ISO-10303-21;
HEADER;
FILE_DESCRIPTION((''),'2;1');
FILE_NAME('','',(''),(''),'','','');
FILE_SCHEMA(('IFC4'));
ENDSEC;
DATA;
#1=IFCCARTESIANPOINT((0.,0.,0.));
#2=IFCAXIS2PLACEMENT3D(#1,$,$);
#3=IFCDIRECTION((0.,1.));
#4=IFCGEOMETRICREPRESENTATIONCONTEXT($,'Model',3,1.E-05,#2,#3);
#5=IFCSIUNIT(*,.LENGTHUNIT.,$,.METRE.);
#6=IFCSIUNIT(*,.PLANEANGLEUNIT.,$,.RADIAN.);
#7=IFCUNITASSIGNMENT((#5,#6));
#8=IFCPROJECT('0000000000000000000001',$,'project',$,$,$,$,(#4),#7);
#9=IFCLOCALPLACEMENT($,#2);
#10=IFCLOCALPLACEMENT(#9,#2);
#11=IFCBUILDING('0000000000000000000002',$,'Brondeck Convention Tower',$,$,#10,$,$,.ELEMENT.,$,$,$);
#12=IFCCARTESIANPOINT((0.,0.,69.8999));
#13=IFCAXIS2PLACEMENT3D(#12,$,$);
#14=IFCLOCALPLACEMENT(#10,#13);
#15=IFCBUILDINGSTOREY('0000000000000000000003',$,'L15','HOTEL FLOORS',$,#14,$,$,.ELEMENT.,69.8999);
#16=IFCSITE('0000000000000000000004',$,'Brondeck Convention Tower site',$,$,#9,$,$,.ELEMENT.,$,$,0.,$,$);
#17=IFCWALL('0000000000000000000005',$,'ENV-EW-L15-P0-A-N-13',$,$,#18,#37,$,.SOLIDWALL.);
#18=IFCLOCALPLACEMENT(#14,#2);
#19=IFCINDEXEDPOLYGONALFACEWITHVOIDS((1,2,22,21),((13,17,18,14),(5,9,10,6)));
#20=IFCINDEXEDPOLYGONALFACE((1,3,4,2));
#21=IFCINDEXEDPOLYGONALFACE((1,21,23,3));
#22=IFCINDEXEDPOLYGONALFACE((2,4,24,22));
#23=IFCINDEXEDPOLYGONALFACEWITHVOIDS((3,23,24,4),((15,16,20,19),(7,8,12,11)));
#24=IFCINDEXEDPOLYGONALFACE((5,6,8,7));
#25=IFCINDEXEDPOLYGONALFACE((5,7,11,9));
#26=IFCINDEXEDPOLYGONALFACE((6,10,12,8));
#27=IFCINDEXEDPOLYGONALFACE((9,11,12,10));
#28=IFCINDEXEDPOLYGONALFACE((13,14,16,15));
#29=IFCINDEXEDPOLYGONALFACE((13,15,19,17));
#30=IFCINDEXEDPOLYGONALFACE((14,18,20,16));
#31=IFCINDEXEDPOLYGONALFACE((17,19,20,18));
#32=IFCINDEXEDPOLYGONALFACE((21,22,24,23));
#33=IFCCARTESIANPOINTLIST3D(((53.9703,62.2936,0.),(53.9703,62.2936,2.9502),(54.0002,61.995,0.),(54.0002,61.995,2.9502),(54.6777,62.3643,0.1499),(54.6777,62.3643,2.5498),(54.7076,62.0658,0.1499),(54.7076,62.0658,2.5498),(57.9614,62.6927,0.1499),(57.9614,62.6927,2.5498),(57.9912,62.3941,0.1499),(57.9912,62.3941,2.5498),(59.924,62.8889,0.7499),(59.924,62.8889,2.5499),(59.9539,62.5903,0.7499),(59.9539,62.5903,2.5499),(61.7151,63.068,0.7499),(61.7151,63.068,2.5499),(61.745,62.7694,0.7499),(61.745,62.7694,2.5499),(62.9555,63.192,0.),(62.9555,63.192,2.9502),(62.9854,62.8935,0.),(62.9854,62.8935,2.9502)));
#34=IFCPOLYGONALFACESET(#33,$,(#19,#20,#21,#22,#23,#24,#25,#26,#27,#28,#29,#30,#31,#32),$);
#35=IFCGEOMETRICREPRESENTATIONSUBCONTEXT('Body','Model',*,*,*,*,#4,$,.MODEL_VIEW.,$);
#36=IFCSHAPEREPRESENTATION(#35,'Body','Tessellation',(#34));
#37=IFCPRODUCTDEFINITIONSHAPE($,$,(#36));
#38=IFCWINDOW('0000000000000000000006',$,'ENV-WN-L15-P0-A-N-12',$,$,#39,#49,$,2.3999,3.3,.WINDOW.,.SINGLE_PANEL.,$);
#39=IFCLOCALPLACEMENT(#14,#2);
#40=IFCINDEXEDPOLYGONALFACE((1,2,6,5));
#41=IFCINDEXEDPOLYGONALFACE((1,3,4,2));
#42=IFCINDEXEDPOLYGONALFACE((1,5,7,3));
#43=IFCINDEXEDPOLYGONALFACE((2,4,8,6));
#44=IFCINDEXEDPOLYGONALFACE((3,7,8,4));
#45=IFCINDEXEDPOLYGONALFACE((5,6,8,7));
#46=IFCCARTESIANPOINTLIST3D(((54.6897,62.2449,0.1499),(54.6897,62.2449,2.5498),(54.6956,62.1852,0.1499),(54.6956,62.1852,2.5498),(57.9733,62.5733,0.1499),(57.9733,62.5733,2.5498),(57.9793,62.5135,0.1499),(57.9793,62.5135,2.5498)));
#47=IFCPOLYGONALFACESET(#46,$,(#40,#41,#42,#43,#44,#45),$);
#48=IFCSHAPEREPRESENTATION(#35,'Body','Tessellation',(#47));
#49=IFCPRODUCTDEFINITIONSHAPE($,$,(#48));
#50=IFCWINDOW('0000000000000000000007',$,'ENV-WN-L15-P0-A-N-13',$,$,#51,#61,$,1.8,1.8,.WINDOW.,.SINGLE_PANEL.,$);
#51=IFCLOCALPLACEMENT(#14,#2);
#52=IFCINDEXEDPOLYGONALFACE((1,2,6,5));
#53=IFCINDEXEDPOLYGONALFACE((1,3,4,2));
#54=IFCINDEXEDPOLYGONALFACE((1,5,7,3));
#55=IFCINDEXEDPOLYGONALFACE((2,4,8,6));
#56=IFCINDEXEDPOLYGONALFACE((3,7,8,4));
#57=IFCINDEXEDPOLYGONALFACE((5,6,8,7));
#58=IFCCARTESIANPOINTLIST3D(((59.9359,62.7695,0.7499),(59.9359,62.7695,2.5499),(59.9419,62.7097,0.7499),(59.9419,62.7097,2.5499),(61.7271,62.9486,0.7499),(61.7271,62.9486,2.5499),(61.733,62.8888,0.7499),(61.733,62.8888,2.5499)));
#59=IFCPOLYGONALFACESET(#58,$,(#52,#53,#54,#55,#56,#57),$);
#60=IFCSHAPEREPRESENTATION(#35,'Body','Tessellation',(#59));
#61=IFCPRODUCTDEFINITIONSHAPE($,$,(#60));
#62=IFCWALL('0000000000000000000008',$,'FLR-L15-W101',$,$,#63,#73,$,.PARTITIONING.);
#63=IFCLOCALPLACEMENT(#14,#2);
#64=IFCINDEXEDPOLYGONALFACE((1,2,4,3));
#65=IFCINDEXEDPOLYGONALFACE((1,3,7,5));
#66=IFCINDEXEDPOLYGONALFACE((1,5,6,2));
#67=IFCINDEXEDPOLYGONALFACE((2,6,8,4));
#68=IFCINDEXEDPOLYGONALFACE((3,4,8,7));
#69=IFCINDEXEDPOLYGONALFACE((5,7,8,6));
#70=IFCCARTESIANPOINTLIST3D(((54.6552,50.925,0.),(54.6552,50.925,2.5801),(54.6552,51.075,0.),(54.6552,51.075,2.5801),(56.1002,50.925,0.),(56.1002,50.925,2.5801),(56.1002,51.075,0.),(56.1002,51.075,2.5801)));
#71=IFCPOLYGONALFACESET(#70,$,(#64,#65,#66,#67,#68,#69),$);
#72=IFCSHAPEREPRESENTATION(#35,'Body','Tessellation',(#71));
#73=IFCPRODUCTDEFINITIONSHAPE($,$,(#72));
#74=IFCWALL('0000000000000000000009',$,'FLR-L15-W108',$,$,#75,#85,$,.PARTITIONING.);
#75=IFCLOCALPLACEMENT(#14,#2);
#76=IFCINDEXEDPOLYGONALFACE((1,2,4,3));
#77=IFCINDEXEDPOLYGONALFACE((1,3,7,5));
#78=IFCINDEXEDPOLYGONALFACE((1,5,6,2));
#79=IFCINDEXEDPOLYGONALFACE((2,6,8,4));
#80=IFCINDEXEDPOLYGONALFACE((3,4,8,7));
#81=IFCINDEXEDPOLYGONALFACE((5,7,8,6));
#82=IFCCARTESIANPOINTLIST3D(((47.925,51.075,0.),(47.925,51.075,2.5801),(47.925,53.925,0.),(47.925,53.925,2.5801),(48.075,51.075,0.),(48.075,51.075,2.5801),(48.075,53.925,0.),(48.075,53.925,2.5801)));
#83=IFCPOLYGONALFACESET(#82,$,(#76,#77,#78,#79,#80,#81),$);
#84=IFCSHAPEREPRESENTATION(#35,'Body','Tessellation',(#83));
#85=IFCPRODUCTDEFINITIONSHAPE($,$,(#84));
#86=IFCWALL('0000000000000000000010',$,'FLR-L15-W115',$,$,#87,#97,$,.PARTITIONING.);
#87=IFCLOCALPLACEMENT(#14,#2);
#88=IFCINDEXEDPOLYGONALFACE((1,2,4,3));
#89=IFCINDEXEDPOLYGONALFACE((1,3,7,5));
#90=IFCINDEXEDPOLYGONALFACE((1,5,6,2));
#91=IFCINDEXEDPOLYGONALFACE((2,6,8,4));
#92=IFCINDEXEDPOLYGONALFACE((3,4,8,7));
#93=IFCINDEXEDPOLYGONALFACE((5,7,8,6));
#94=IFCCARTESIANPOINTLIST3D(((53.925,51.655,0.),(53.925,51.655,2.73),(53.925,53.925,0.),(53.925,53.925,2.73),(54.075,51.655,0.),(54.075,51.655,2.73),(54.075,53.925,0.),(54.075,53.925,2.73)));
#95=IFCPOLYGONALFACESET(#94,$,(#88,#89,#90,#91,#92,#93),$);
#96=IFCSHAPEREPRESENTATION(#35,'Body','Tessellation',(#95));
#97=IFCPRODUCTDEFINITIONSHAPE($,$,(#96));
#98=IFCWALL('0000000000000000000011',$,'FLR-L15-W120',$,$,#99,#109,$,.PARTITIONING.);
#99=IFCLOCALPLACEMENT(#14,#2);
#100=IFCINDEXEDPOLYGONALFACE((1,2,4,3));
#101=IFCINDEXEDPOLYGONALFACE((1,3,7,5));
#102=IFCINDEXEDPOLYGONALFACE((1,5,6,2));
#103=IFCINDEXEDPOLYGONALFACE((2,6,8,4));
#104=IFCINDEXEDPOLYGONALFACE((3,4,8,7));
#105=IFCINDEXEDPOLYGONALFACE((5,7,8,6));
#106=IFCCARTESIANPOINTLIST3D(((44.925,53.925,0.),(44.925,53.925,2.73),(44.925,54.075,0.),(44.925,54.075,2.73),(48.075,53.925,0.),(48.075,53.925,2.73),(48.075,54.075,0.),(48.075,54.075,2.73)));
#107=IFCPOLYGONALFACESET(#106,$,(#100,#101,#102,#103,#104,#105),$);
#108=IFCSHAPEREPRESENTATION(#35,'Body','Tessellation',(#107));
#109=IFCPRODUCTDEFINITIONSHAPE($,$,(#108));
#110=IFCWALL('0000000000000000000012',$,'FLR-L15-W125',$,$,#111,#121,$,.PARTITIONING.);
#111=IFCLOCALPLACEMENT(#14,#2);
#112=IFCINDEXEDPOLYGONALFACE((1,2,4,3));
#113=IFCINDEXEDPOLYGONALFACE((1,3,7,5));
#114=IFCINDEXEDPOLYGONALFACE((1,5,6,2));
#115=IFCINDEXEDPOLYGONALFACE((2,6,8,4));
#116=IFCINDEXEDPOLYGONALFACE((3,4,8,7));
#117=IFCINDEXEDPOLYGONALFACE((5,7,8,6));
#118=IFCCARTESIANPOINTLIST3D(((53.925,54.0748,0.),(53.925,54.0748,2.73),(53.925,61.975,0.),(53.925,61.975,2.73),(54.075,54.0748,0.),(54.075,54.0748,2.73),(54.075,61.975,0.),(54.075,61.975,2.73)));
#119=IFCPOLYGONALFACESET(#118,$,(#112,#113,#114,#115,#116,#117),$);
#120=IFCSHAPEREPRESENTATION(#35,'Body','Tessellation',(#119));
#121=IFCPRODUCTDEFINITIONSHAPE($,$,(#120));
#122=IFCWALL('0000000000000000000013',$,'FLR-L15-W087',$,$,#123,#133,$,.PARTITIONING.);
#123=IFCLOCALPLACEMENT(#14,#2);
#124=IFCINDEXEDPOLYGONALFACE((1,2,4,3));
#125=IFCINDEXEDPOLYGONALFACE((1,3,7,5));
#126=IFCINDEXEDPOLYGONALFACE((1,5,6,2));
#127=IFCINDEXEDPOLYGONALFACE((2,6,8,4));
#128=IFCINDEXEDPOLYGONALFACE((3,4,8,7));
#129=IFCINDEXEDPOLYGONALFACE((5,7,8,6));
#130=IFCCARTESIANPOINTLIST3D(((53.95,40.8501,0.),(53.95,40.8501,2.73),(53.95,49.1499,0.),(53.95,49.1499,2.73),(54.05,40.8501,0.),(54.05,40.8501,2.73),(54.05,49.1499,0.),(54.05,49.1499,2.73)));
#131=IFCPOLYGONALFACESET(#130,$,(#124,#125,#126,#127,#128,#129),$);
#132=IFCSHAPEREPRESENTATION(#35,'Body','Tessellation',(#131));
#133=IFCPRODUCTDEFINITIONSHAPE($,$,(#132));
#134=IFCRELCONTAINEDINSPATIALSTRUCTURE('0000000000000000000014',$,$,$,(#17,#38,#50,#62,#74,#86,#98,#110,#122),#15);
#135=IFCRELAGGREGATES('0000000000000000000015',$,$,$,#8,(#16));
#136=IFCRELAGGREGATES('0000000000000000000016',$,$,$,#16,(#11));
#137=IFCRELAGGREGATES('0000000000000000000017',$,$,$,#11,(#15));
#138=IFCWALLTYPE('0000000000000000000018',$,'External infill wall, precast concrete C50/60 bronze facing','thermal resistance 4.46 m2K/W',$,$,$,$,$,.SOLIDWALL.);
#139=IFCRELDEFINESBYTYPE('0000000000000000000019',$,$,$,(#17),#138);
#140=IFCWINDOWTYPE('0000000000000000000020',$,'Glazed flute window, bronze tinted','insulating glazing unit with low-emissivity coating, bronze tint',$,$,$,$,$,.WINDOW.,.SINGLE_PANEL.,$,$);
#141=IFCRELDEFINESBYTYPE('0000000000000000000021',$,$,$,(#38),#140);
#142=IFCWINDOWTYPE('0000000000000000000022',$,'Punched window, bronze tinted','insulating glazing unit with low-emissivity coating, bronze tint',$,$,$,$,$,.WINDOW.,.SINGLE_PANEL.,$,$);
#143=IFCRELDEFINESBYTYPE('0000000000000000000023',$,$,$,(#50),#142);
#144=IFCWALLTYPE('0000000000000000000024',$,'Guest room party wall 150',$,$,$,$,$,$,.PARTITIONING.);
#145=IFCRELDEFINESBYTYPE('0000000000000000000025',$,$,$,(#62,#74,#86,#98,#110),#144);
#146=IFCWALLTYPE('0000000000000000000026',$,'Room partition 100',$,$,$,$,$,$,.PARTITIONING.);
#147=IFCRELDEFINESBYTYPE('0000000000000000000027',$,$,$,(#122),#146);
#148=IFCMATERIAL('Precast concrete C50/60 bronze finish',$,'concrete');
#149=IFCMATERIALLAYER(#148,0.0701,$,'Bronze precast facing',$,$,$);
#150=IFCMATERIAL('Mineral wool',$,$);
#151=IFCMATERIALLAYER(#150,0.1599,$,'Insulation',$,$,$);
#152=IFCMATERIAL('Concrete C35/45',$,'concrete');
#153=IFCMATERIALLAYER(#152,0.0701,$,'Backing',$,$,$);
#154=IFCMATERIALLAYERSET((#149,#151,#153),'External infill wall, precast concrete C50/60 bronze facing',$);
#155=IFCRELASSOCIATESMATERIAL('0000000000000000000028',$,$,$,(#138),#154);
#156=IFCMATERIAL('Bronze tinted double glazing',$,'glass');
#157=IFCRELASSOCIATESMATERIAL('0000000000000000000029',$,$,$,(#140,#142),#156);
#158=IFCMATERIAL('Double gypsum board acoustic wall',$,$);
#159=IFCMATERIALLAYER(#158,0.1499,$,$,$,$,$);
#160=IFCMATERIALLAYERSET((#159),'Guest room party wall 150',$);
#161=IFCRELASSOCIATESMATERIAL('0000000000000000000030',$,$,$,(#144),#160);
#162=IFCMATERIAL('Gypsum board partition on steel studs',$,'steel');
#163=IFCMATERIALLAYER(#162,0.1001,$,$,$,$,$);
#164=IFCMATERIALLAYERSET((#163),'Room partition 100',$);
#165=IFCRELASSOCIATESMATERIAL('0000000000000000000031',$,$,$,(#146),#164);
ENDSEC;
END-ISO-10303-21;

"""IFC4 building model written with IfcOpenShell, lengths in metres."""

from ifc_helpers import new_model, si_unit, direction, frame, frame_2d, origin, place, context, subcontext, project, spatial, rectangle, extrude, material, layer, layer_set, type_object, element, fill, save


model = new_model("IFC4")

# Units and contexts
model_context = context("Model", 3, precision=1e-05, world=origin(), true_north=direction((0.0, 1.0)))
body_context = subcontext(model_context, "Body", "Model", "MODEL_VIEW")
ifc_project = project(units=[si_unit("LENGTHUNIT", "METRE"), si_unit("PLANEANGLEUNIT", "RADIAN")], contexts=[model_context])

# Site, building, storey
site_placement = place(None, origin())
site = spatial("IfcSite", under=ifc_project, at=site_placement, Name="Brondeck Convention Tower site", CompositionType="ELEMENT", RefElevation=0.0)
building_placement = place(site_placement, origin())
building = spatial("IfcBuilding", under=site, at=building_placement, Name="Brondeck Convention Tower", CompositionType="ELEMENT")
storey_placement = place(building_placement, frame((0.0, 0.0, 69.8999)))
storey = spatial("IfcBuildingStorey", under=building, at=storey_placement, Name="L15", Description="HOTEL FLOORS", CompositionType="ELEMENT", Elevation=69.8999)

# Wall, openings, windows
ifc_material_1 = material(Name="Precast concrete C50/60 bronze finish", Category="concrete")
ifc_layer_1 = layer(ifc_material_1, 0.0701, Name="Bronze precast facing")
ifc_material_2 = material(Name="Mineral wool")
ifc_layer_2 = layer(ifc_material_2, 0.1599, Name="Insulation")
ifc_material_3 = material(Name="Concrete C35/45", Category="concrete")
ifc_layer_3 = layer(ifc_material_3, 0.0701, Name="Backing")
ifc_layer_set_1 = layer_set([ifc_layer_1, ifc_layer_2, ifc_layer_3], Name="External infill wall, precast concrete C50/60 bronze facing")
wall_type_1 = type_object("IfcWallType", Name="External infill wall, precast concrete C50/60 bronze facing", Description="thermal resistance 4.46 m2K/W", PredefinedType="SOLIDWALL", material=ifc_layer_set_1)
wall_1_placement = place(storey_placement, frame((53.9851, 62.1443, 0.0), z_axis=(0.0, 0.0, 1.0), x_axis=(0.995038, 0.099496, 0.0)))
wall_1 = element("IfcWall", 1, at=wall_1_placement, inside=storey, type_object=wall_type_1, Name="ENV-EW-L15-P0-A-N-13", PredefinedType="SOLIDWALL", context=body_context, shape_type="SweptSolid", body=[
    extrude(rectangle(XDim=9.03, YDim=0.3, at=frame_2d((4.5151, 0.0))), origin(), (0.0, 0.0, 1.0), 2.9502),
])
opening_1_placement = place(wall_1_placement, frame((0.7112, 0.0, 0.1499)))
opening_1 = element("IfcOpeningElement", 2, at=opening_1_placement, cuts=wall_1, PredefinedType="OPENING", context=body_context, shape_type="SweptSolid", body=[
    extrude(rectangle(XDim=3.3, YDim=2.3999, at=frame_2d((1.6499, 1.2))), frame((0.0, 0.1599, 0.0), z_axis=(0.0, -1.0, 0.0), x_axis=(1.0, 0.0, 0.0)), (0.0, 0.0, 1.0), 0.3201),
])
opening_2_placement = place(wall_1_placement, frame((5.9836, 0.0, 0.75)))
opening_2 = element("IfcOpeningElement", 3, at=opening_2_placement, cuts=wall_1, PredefinedType="OPENING", context=body_context, shape_type="SweptSolid", body=[
    extrude(rectangle(XDim=1.8, YDim=1.8, at=frame_2d((0.8999, 0.8999))), frame((0.0, 0.1599, 0.0), z_axis=(0.0, -1.0, 0.0), x_axis=(1.0, 0.0, 0.0)), (0.0, 0.0, 1.0), 0.3201),
])
ifc_material_4 = material(Name="Bronze tinted double glazing", Category="glass")
window_type_1 = type_object("IfcWindowType", Name="Glazed flute window, bronze tinted", Description="insulating glazing unit with low-emissivity coating, bronze tint", PartitioningType="SINGLE_PANEL", PredefinedType="WINDOW", material=ifc_material_4)
window_1_placement = place(opening_1_placement, origin())
window_1 = element("IfcWindow", 4, at=window_1_placement, inside=storey, type_object=window_type_1, Name="ENV-WN-L15-P0-A-N-12", OverallHeight=2.3999, OverallWidth=3.3, PartitioningType="SINGLE_PANEL", PredefinedType="WINDOW", context=body_context, shape_type="SweptSolid", body=[
    extrude(rectangle(XDim=3.3, YDim=2.3999, at=frame_2d((1.6499, 1.2))), frame((0.0, 0.03, 0.0), z_axis=(0.0, -1.0, 0.0), x_axis=(1.0, 0.0, 0.0)), (0.0, 0.0, 1.0), 0.0601),
])
fill(opening_1, window_1)
window_type_2 = type_object("IfcWindowType", Name="Punched window, bronze tinted", Description="insulating glazing unit with low-emissivity coating, bronze tint", PartitioningType="SINGLE_PANEL", PredefinedType="WINDOW", material=ifc_material_4)
window_2_placement = place(opening_2_placement, origin())
window_2 = element("IfcWindow", 5, at=window_2_placement, inside=storey, type_object=window_type_2, Name="ENV-WN-L15-P0-A-N-13", OverallHeight=1.8, OverallWidth=1.8, PartitioningType="SINGLE_PANEL", PredefinedType="WINDOW", context=body_context, shape_type="SweptSolid", body=[
    extrude(rectangle(XDim=1.8, YDim=1.8, at=frame_2d((0.8999, 0.8999))), frame((0.0, 0.03, 0.0), z_axis=(0.0, -1.0, 0.0), x_axis=(1.0, 0.0, 0.0)), (0.0, 0.0, 1.0), 0.0601),
])
fill(opening_2, window_2)

# Walls
ifc_material_5 = material(Name="Double gypsum board acoustic wall")
ifc_layer_4 = layer(ifc_material_5, 0.1499)
ifc_layer_set_2 = layer_set([ifc_layer_4], Name="Guest room party wall 150")
wall_type_2 = type_object("IfcWallType", Name="Guest room party wall 150", PredefinedType="PARTITIONING", material=ifc_layer_set_2)
wall_2_placement = place(storey_placement, frame((54.655, 51.0, 0.0), z_axis=(0.0, 0.0, 1.0), x_axis=(1.0, 0.0, 0.0)))
element("IfcWall", 6, at=wall_2_placement, inside=storey, type_object=wall_type_2, Name="FLR-L15-W101", PredefinedType="PARTITIONING", context=body_context, shape_type="SweptSolid", body=[
    extrude(rectangle(XDim=1.4451, YDim=0.1499, at=frame_2d((0.7227, 0.0))), origin(), (0.0, 0.0, 1.0), 2.5801),
])
wall_3_placement = place(storey_placement, frame((48.0, 51.075, 0.0), z_axis=(0.0, 0.0, 1.0), x_axis=(0.0, 1.0, 0.0)))
element("IfcWall", 7, at=wall_3_placement, inside=storey, type_object=wall_type_2, Name="FLR-L15-W108", PredefinedType="PARTITIONING", context=body_context, shape_type="SweptSolid", body=[
    extrude(rectangle(XDim=2.8501, YDim=0.1499, at=frame_2d((1.425, 0.0))), origin(), (0.0, 0.0, 1.0), 2.5801),
])
wall_4_placement = place(storey_placement, frame((54.0, 53.925, 0.0), z_axis=(0.0, 0.0, 1.0), x_axis=(0.0, -1.0, 0.0)))
element("IfcWall", 8, at=wall_4_placement, inside=storey, type_object=wall_type_2, Name="FLR-L15-W115", PredefinedType="PARTITIONING", context=body_context, shape_type="SweptSolid", body=[
    extrude(rectangle(XDim=2.27, YDim=0.1499, at=frame_2d((1.135, 0.0))), origin(), (0.0, 0.0, 1.0), 2.73),
])
wall_5_placement = place(storey_placement, frame((48.075, 54.0, 0.0), z_axis=(0.0, 0.0, 1.0), x_axis=(-1.0, 0.0, 0.0)))
element("IfcWall", 9, at=wall_5_placement, inside=storey, type_object=wall_type_2, Name="FLR-L15-W120", PredefinedType="PARTITIONING", context=body_context, shape_type="SweptSolid", body=[
    extrude(rectangle(XDim=3.1499, YDim=0.1499, at=frame_2d((1.575, 0.0))), origin(), (0.0, 0.0, 1.0), 2.73),
])
wall_6_placement = place(storey_placement, frame((54.0, 61.9751, 0.0), z_axis=(0.0, 0.0, 1.0), x_axis=(0.0, -1.0, 0.0)))
element("IfcWall", 10, at=wall_6_placement, inside=storey, type_object=wall_type_2, Name="FLR-L15-W125", PredefinedType="PARTITIONING", context=body_context, shape_type="SweptSolid", body=[
    extrude(rectangle(XDim=7.9001, YDim=0.1499, at=frame_2d((3.9502, 0.0))), origin(), (0.0, 0.0, 1.0), 2.73),
])
ifc_material_6 = material(Name="Gypsum board partition on steel studs", Category="steel")
ifc_layer_5 = layer(ifc_material_6, 0.1001)
ifc_layer_set_3 = layer_set([ifc_layer_5], Name="Room partition 100")
wall_type_3 = type_object("IfcWallType", Name="Room partition 100", PredefinedType="PARTITIONING", material=ifc_layer_set_3)
wall_7_placement = place(storey_placement, frame((54.0, 49.1499, 0.0), z_axis=(0.0, 0.0, 1.0), x_axis=(0.0, -1.0, 0.0)))
element("IfcWall", 11, at=wall_7_placement, inside=storey, type_object=wall_type_3, Name="FLR-L15-W087", PredefinedType="PARTITIONING", context=body_context, shape_type="SweptSolid", body=[
    extrude(rectangle(XDim=8.2998, YDim=0.1001, at=frame_2d((4.1499, 0.0))), origin(), (0.0, 0.0, 1.0), 2.73),
])

save(model, "model.ifc")
